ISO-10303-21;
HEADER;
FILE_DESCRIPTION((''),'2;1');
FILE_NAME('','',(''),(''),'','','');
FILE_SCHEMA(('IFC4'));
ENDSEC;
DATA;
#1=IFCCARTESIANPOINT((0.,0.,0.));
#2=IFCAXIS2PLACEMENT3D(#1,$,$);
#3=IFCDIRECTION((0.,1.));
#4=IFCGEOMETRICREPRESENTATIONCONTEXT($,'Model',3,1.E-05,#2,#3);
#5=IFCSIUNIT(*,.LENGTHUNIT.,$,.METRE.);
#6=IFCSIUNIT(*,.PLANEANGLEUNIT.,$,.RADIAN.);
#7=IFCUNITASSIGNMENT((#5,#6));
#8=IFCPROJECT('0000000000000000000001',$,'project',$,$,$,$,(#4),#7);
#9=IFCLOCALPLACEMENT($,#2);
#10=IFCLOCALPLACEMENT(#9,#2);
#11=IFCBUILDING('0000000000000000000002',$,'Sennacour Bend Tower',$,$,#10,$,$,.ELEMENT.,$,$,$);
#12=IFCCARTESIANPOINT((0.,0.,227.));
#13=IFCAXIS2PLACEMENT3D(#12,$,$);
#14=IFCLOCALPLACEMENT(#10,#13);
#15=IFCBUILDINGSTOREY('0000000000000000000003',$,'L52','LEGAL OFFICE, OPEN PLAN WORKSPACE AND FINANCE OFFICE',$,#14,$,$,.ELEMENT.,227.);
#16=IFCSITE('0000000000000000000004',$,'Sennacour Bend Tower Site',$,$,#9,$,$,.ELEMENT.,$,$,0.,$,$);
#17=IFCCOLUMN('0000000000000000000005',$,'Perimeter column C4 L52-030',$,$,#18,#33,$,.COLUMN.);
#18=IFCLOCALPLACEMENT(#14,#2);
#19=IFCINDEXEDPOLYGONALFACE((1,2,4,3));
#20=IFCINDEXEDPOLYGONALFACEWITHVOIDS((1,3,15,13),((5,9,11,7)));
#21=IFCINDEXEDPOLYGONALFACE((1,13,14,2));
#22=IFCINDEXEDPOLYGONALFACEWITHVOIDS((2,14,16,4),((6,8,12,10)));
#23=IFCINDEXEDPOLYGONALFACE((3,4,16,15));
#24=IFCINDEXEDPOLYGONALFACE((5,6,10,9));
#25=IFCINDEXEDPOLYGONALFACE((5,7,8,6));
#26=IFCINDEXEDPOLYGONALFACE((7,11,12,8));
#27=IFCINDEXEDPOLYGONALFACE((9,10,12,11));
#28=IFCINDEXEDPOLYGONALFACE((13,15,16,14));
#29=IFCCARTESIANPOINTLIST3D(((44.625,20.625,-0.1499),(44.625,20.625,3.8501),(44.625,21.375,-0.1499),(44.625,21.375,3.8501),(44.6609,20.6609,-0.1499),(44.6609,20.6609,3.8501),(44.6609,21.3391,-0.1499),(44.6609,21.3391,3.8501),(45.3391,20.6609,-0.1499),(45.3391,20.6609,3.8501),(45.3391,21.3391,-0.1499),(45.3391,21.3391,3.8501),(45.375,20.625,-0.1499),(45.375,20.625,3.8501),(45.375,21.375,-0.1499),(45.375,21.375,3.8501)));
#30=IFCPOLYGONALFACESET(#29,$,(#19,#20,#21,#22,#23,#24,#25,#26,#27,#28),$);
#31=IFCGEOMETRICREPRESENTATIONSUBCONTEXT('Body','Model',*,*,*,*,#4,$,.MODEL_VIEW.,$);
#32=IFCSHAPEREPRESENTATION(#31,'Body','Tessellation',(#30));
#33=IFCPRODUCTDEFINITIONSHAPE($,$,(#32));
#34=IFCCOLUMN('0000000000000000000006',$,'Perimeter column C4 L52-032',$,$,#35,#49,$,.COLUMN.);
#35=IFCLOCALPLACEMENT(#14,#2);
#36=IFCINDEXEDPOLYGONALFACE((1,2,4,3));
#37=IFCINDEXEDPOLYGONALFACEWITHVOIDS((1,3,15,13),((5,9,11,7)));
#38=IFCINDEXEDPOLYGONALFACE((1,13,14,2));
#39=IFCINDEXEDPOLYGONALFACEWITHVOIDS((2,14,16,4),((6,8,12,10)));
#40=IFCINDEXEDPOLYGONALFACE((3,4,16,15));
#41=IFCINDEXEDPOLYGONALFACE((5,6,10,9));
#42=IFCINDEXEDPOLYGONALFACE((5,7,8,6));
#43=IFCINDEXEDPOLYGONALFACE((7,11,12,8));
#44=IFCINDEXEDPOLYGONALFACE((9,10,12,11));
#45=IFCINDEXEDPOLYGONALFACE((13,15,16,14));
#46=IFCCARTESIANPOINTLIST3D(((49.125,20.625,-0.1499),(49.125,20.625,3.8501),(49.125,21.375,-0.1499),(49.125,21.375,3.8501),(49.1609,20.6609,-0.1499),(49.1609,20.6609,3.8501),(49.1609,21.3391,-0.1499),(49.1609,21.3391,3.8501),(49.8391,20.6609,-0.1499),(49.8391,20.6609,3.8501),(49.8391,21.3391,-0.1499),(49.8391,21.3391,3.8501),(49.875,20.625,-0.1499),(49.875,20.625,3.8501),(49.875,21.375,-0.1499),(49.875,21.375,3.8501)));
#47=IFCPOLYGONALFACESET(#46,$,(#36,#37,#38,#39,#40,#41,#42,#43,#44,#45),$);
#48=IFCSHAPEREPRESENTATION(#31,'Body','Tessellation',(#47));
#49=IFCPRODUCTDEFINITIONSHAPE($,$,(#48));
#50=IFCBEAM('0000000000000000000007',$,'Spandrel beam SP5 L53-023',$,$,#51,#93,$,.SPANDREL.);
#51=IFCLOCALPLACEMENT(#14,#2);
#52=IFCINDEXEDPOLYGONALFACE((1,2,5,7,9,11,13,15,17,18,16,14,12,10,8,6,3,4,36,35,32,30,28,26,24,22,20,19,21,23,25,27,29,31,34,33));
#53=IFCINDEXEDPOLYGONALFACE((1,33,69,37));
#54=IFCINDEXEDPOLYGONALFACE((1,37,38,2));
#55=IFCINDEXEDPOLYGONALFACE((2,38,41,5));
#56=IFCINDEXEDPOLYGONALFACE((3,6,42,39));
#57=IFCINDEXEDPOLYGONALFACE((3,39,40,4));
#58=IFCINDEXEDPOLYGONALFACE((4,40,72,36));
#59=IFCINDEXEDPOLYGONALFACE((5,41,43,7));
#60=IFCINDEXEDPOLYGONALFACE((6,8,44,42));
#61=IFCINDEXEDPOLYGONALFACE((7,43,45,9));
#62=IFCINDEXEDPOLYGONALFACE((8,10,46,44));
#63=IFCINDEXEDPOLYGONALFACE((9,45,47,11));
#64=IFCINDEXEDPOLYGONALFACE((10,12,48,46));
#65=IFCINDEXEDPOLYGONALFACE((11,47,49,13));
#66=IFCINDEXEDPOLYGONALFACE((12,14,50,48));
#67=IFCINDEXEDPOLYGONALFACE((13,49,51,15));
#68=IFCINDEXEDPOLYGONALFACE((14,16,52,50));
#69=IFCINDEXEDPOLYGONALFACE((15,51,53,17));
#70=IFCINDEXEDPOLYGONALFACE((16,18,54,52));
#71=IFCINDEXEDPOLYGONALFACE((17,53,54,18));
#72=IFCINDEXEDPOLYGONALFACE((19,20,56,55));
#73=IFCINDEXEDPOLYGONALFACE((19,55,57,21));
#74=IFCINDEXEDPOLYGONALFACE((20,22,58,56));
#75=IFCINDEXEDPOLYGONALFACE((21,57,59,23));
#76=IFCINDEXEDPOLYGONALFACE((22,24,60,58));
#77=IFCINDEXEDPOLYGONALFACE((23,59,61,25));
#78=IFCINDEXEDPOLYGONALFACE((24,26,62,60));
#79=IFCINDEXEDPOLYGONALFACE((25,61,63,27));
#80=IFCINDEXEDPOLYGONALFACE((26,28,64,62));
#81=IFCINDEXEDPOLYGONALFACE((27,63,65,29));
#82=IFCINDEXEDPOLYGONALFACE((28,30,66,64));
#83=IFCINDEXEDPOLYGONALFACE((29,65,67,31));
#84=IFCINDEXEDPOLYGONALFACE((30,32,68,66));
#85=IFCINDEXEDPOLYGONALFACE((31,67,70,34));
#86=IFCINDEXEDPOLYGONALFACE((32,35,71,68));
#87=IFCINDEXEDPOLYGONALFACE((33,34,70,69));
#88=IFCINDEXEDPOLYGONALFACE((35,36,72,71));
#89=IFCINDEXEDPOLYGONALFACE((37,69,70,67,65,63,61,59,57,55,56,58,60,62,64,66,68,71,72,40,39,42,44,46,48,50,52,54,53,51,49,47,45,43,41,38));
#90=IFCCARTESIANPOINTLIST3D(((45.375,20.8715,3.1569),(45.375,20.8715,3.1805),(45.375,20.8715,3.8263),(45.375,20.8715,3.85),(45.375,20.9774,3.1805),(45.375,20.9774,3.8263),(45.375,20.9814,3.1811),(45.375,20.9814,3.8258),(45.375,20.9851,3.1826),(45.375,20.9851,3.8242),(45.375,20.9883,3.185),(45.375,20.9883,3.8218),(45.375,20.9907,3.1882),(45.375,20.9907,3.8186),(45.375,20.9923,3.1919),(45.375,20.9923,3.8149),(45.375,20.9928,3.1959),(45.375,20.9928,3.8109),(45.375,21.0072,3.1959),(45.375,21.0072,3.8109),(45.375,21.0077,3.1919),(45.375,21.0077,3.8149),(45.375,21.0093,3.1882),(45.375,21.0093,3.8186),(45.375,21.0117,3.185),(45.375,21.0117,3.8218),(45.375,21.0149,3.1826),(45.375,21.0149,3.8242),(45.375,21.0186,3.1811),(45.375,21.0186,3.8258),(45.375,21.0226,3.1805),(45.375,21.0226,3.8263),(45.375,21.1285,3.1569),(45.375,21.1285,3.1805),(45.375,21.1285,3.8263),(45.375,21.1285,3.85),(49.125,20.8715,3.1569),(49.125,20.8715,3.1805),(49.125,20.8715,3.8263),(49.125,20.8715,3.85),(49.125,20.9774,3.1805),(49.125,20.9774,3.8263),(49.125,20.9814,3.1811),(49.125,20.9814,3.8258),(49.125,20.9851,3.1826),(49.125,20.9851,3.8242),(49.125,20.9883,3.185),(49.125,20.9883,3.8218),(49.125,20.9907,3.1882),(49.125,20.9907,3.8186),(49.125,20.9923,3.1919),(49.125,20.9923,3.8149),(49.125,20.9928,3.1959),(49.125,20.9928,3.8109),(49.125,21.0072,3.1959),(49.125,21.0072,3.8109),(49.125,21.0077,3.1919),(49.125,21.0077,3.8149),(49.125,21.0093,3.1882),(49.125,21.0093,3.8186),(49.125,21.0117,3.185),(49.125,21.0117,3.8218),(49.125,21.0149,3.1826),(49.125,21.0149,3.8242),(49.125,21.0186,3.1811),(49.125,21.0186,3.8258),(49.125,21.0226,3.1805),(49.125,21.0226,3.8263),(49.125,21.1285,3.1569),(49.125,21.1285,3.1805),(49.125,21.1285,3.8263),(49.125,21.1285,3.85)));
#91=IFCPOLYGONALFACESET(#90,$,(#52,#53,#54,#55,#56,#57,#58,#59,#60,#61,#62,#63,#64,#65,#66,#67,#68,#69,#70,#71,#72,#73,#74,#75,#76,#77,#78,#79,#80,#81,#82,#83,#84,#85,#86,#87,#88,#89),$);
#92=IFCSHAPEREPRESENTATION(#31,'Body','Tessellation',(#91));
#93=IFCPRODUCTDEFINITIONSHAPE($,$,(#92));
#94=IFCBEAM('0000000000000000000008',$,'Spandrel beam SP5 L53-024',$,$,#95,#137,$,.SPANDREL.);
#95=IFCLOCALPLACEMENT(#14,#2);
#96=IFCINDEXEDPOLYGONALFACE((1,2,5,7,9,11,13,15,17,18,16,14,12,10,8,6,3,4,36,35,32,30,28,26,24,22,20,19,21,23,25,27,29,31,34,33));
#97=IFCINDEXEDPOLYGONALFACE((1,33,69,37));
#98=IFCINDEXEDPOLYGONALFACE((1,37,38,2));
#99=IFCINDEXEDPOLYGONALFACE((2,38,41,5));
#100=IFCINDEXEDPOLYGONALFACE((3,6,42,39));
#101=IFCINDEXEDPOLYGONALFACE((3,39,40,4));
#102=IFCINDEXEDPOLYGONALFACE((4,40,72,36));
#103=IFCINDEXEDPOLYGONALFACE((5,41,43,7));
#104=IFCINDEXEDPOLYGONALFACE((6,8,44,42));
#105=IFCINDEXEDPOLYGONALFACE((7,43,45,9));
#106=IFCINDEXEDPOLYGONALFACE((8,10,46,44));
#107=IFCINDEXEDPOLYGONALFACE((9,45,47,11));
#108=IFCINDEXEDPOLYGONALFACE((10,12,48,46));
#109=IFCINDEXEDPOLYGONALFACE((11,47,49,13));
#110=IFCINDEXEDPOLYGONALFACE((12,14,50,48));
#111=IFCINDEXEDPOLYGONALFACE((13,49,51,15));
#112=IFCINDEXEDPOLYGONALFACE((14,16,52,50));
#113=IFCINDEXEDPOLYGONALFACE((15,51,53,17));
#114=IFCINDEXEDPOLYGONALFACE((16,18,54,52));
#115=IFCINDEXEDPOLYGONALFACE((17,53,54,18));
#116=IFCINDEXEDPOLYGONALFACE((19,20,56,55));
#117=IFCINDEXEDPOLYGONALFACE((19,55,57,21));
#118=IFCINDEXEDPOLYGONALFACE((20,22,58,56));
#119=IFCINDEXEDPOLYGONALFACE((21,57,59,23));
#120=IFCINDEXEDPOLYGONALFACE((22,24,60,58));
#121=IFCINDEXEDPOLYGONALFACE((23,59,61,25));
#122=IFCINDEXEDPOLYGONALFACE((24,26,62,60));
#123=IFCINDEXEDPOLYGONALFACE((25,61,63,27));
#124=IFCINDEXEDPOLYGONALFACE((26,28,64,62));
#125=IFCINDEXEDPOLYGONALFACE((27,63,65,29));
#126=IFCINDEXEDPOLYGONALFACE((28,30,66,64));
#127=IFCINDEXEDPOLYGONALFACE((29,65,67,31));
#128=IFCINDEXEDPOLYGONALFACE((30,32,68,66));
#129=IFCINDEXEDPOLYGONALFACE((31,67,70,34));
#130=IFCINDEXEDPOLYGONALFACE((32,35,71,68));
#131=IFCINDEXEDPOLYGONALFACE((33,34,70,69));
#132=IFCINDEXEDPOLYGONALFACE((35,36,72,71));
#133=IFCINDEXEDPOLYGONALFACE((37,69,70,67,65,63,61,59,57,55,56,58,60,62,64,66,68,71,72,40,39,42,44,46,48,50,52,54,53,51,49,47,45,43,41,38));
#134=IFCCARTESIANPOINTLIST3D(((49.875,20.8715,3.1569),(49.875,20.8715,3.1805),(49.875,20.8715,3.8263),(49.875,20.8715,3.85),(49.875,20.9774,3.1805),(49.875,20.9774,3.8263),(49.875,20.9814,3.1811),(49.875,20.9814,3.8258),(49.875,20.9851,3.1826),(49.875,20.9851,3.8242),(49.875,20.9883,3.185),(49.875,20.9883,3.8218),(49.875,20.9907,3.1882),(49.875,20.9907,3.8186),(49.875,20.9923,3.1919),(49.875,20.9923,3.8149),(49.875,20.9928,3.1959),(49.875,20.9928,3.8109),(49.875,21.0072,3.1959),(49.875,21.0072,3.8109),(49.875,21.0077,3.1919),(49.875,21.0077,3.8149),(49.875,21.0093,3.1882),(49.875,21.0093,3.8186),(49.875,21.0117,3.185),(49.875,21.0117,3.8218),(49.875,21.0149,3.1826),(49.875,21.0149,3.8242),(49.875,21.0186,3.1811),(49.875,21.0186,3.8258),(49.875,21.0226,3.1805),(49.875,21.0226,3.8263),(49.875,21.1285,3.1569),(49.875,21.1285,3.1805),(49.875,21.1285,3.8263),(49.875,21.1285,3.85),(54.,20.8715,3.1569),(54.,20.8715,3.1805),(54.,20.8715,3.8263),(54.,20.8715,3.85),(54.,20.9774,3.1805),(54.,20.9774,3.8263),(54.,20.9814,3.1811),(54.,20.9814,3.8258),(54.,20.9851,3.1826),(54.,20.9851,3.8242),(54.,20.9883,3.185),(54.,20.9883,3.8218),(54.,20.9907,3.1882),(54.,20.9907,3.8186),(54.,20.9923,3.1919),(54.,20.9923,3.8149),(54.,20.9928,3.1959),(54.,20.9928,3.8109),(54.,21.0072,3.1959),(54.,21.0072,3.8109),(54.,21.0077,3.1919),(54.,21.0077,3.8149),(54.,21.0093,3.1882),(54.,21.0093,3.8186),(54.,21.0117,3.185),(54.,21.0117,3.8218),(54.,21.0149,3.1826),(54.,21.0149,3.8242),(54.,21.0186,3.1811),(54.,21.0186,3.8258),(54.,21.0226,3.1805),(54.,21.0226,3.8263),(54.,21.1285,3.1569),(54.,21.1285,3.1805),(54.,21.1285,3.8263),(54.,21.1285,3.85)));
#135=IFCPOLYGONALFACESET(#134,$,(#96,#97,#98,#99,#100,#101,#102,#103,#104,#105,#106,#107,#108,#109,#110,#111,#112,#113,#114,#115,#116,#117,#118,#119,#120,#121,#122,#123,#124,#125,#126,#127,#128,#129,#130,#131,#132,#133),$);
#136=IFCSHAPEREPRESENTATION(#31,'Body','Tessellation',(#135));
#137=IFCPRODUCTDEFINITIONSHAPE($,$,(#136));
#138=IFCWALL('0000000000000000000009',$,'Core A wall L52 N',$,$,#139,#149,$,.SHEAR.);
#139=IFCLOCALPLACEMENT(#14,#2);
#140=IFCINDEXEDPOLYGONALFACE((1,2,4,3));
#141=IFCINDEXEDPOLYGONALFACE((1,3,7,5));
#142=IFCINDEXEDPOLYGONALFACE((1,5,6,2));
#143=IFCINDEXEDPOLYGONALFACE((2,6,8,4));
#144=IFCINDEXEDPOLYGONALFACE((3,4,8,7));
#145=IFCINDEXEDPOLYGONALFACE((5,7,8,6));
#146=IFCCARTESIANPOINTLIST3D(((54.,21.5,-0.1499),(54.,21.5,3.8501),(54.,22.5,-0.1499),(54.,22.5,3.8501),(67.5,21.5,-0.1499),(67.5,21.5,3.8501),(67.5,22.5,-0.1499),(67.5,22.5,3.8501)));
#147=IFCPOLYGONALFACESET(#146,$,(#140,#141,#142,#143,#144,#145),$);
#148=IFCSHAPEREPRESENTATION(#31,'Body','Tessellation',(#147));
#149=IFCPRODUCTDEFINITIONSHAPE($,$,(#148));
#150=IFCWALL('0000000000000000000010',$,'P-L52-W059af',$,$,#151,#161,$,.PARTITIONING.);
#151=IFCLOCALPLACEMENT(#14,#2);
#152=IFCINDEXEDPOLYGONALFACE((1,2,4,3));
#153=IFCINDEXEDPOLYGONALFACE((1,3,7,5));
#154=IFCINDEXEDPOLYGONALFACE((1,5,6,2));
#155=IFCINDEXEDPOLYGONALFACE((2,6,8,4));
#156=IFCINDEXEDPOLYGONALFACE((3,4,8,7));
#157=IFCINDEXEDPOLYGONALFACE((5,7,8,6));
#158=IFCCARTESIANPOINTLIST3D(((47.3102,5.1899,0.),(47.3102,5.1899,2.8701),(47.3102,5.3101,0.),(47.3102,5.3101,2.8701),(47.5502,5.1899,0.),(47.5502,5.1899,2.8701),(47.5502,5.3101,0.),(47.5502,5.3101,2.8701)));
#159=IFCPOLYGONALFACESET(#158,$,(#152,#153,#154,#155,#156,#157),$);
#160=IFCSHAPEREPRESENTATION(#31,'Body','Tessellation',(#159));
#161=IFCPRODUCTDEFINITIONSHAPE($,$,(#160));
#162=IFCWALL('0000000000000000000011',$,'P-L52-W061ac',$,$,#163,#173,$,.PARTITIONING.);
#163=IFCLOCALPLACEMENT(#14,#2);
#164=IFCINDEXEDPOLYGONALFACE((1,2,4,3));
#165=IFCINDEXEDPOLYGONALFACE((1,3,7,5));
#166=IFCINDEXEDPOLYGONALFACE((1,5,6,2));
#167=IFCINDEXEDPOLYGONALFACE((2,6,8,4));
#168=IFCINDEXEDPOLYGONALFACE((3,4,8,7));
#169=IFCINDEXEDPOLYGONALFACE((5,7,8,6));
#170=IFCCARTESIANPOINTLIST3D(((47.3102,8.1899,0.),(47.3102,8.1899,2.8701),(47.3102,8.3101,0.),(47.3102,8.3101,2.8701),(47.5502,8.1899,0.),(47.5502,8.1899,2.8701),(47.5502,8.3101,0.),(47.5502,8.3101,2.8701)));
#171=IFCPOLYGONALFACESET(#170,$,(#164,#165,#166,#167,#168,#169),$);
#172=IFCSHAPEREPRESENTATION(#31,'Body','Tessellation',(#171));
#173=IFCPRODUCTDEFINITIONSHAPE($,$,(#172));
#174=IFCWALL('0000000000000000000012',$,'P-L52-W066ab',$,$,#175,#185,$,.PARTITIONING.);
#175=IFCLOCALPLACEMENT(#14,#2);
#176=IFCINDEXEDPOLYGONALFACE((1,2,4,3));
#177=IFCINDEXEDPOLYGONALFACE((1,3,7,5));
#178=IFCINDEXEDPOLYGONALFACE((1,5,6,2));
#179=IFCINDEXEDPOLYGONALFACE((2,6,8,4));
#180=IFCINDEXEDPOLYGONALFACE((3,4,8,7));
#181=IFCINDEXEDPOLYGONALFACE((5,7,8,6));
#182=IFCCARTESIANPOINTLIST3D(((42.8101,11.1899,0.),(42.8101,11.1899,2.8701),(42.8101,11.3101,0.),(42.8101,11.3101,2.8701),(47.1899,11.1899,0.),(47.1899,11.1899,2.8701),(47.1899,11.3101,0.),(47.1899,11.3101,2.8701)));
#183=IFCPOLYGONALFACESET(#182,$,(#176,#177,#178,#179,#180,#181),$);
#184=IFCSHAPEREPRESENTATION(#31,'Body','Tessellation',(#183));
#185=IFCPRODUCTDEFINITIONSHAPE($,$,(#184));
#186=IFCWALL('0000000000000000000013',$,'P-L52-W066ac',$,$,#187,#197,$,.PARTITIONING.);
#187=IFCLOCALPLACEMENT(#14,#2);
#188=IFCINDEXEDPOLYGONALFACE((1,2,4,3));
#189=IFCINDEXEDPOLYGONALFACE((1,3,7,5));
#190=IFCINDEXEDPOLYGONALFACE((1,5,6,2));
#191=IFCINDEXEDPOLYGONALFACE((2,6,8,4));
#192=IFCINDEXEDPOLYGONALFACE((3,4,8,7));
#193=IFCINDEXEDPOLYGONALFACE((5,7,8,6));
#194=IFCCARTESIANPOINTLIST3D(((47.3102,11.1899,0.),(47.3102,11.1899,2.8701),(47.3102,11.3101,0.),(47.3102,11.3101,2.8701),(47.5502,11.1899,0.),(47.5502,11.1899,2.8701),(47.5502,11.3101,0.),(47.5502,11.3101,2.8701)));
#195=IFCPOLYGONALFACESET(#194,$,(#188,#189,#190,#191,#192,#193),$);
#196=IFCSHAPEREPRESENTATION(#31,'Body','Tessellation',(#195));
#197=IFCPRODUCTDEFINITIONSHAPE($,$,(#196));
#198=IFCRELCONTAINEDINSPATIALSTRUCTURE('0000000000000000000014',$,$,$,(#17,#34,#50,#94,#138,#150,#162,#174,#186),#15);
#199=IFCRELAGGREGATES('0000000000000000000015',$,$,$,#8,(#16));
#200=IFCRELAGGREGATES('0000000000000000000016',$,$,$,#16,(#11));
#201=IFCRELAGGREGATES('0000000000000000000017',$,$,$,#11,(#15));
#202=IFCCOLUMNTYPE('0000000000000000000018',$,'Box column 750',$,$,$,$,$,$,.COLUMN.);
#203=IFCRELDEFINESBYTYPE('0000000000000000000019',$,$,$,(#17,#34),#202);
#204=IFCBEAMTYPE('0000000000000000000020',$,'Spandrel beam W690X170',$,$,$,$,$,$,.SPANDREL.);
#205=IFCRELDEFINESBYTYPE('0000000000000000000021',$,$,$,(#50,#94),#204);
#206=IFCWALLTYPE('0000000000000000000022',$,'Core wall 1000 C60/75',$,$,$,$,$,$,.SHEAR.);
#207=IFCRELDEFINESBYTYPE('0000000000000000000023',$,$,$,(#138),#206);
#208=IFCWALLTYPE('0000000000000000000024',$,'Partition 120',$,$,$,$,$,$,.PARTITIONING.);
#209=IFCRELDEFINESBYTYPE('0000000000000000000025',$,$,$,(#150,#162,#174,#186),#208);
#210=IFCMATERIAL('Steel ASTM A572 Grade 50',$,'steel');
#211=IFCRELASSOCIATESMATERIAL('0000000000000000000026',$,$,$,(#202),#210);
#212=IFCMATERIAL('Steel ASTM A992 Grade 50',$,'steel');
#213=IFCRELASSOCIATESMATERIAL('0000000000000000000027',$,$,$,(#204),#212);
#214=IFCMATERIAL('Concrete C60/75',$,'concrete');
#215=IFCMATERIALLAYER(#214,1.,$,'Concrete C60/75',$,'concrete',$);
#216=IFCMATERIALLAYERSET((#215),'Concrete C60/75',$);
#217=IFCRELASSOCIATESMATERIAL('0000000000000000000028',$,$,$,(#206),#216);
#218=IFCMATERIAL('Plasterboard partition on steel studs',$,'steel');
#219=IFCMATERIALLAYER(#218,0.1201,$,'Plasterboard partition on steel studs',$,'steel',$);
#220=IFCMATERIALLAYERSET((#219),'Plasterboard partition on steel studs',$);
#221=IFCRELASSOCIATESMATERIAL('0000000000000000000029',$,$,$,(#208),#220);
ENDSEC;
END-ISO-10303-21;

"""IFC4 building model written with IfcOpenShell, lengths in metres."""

from ifc_helpers import new_model, si_unit, direction, frame, frame_2d, origin, origin_2d, place, context, subcontext, project, spatial, rectangle, hollow_rectangle, i_section, extrude, material, layer, layer_set, material_profile, profile_set, type_object, element, save


model = new_model("IFC4")

# Units and contexts
model_context = context("Model", 3, precision=1e-05, world=origin(), true_north=direction((0.0, 1.0)))
body_context = subcontext(model_context, "Body", "Model", "MODEL_VIEW")
ifc_project = project(units=[si_unit("LENGTHUNIT", "METRE"), si_unit("PLANEANGLEUNIT", "RADIAN")], contexts=[model_context])

# Site, building, storey
site_placement = place(None, origin())
site = spatial("IfcSite", under=ifc_project, at=site_placement, Name="Sennacour Bend Tower Site", CompositionType="ELEMENT", RefElevation=0.0)
building_placement = place(site_placement, origin())
building = spatial("IfcBuilding", under=site, at=building_placement, Name="Sennacour Bend Tower", CompositionType="ELEMENT")
storey_placement = place(building_placement, frame((0.0, 0.0, 227.0)))
storey = spatial("IfcBuildingStorey", under=building, at=storey_placement, Name="L52", Description="LEGAL OFFICE, OPEN PLAN WORKSPACE AND FINANCE OFFICE", CompositionType="ELEMENT", Elevation=227.0)

# Columns
ifc_material_1 = material(Name="Steel ASTM A572 Grade 50", Category="steel")
ifc_material_profile_1 = material_profile(ifc_material_1, hollow_rectangle(XDim=0.75, YDim=0.75, WallThickness=0.0359, at=origin_2d()), Name="Steel ASTM A572 Grade 50", Category="steel")
ifc_profile_set_1 = profile_set([ifc_material_profile_1], Name="Steel ASTM A572 Grade 50")
column_type = type_object("IfcColumnType", Name="Box column 750", PredefinedType="COLUMN", material=ifc_profile_set_1)
for number, where, z_axis, x_axis, name in (
    (1, (45.0, 21.0, -0.1499), (0.0, 0.0, 1.0), (1.0, 0.0, 0.0), "Perimeter column C4 L52-030"),
    (2, (49.5, 21.0, -0.1499), (0.0, 0.0, 1.0), (1.0, 0.0, 0.0), "Perimeter column C4 L52-032"),
):
    element("IfcColumn", number, at=place(storey_placement, frame(where, z_axis=z_axis, x_axis=x_axis)), inside=storey, type_object=column_type, Name=name, PredefinedType="COLUMN", context=body_context, shape_type="SweptSolid", body=[
        extrude(hollow_rectangle(XDim=0.75, YDim=0.75, WallThickness=0.0359, at=origin_2d()), origin(), (0.0, 0.0, 1.0), 4.0),
    ])

# Beams
ifc_material_2 = material(Name="Steel ASTM A992 Grade 50", Category="steel")
ifc_material_profile_2 = material_profile(ifc_material_2, i_section(OverallWidth=0.2571, OverallDepth=0.6931, WebThickness=0.0144, FlangeThickness=0.0237, FilletRadius=0.0154, at=origin_2d()), Name="Steel ASTM A992 Grade 50", Category="steel")
ifc_profile_set_2 = profile_set([ifc_material_profile_2], Name="Steel ASTM A992 Grade 50")
beam_type = type_object("IfcBeamType", Name="Spandrel beam W690X170", PredefinedType="SPANDREL", material=ifc_profile_set_2)
beam_1_placement = place(storey_placement, frame((45.375, 21.0, 3.5034), z_axis=(1.0, 0.0, 0.0), x_axis=(0.0, 1.0, 0.0)))
element("IfcBeam", 3, at=beam_1_placement, inside=storey, type_object=beam_type, Name="Spandrel beam SP5 L53-023", PredefinedType="SPANDREL", context=body_context, shape_type="SweptSolid", body=[
    extrude(i_section(OverallWidth=0.2571, OverallDepth=0.6931, WebThickness=0.0144, FlangeThickness=0.0237, FilletRadius=0.0154, at=origin_2d()), origin(), (0.0, 0.0, 1.0), 3.75),
])
beam_2_placement = place(storey_placement, frame((49.875, 21.0, 3.5034), z_axis=(1.0, 0.0, 0.0), x_axis=(0.0, 1.0, 0.0)))
element("IfcBeam", 4, at=beam_2_placement, inside=storey, type_object=beam_type, Name="Spandrel beam SP5 L53-024", PredefinedType="SPANDREL", context=body_context, shape_type="SweptSolid", body=[
    extrude(i_section(OverallWidth=0.2571, OverallDepth=0.6931, WebThickness=0.0144, FlangeThickness=0.0237, FilletRadius=0.0154, at=origin_2d()), origin(), (0.0, 0.0, 1.0), 4.125),
])

# Walls
ifc_material_3 = material(Name="Concrete C60/75", Category="concrete")
ifc_layer_1 = layer(ifc_material_3, 1.0, Name="Concrete C60/75", Category="concrete")
ifc_layer_set_1 = layer_set([ifc_layer_1], Name="Concrete C60/75")
wall_type_1 = type_object("IfcWallType", Name="Core wall 1000 C60/75", PredefinedType="SHEAR", material=ifc_layer_set_1)
wall_1_placement = place(storey_placement, frame((54.0, 22.0, -0.1499), z_axis=(0.0, 0.0, 1.0), x_axis=(1.0, 0.0, 0.0)))
element("IfcWall", 5, at=wall_1_placement, inside=storey, type_object=wall_type_1, Name="Core A wall L52 N", PredefinedType="SHEAR", context=body_context, shape_type="SweptSolid", body=[
    extrude(rectangle(XDim=13.5, YDim=1.0, at=frame_2d((6.75, 0.0))), origin(), (0.0, 0.0, 1.0), 4.0),
])
ifc_material_4 = material(Name="Plasterboard partition on steel studs", Category="steel")
ifc_layer_2 = layer(ifc_material_4, 0.1201, Name="Plasterboard partition on steel studs", Category="steel")
ifc_layer_set_2 = layer_set([ifc_layer_2], Name="Plasterboard partition on steel studs")
wall_type_2 = type_object("IfcWallType", Name="Partition 120", PredefinedType="PARTITIONING", material=ifc_layer_set_2)
for number, where, z_axis, x_axis, name in (
    (6, (47.3101, 5.25, 0.0), (0.0, 0.0, 1.0), (1.0, 0.0, 0.0), "P-L52-W059af"),
    (7, (47.3101, 8.25, 0.0), (0.0, 0.0, 1.0), (1.0, 0.0, 0.0), "P-L52-W061ac"),
):
    element("IfcWall", number, at=place(storey_placement, frame(where, z_axis=z_axis, x_axis=x_axis)), inside=storey, type_object=wall_type_2, Name=name, PredefinedType="PARTITIONING", context=body_context, shape_type="SweptSolid", body=[
        extrude(rectangle(XDim=0.24, YDim=0.1201, at=frame_2d((0.1201, 0.0))), origin(), (0.0, 0.0, 1.0), 2.8701),
    ])
wall_2_placement = place(storey_placement, frame((42.8101, 11.25, 0.0), z_axis=(0.0, 0.0, 1.0), x_axis=(1.0, 0.0, 0.0)))
element("IfcWall", 8, at=wall_2_placement, inside=storey, type_object=wall_type_2, Name="P-L52-W066ab", PredefinedType="PARTITIONING", context=body_context, shape_type="SweptSolid", body=[
    extrude(rectangle(XDim=4.3799, YDim=0.1201, at=frame_2d((2.1899, 0.0))), origin(), (0.0, 0.0, 1.0), 2.8701),
])
wall_3_placement = place(storey_placement, frame((47.3101, 11.25, 0.0), z_axis=(0.0, 0.0, 1.0), x_axis=(1.0, 0.0, 0.0)))
element("IfcWall", 9, at=wall_3_placement, inside=storey, type_object=wall_type_2, Name="P-L52-W066ac", PredefinedType="PARTITIONING", context=body_context, shape_type="SweptSolid", body=[
    extrude(rectangle(XDim=0.24, YDim=0.1201, at=frame_2d((0.1201, 0.0))), origin(), (0.0, 0.0, 1.0), 2.8701),
])

save(model, "model.ifc")
